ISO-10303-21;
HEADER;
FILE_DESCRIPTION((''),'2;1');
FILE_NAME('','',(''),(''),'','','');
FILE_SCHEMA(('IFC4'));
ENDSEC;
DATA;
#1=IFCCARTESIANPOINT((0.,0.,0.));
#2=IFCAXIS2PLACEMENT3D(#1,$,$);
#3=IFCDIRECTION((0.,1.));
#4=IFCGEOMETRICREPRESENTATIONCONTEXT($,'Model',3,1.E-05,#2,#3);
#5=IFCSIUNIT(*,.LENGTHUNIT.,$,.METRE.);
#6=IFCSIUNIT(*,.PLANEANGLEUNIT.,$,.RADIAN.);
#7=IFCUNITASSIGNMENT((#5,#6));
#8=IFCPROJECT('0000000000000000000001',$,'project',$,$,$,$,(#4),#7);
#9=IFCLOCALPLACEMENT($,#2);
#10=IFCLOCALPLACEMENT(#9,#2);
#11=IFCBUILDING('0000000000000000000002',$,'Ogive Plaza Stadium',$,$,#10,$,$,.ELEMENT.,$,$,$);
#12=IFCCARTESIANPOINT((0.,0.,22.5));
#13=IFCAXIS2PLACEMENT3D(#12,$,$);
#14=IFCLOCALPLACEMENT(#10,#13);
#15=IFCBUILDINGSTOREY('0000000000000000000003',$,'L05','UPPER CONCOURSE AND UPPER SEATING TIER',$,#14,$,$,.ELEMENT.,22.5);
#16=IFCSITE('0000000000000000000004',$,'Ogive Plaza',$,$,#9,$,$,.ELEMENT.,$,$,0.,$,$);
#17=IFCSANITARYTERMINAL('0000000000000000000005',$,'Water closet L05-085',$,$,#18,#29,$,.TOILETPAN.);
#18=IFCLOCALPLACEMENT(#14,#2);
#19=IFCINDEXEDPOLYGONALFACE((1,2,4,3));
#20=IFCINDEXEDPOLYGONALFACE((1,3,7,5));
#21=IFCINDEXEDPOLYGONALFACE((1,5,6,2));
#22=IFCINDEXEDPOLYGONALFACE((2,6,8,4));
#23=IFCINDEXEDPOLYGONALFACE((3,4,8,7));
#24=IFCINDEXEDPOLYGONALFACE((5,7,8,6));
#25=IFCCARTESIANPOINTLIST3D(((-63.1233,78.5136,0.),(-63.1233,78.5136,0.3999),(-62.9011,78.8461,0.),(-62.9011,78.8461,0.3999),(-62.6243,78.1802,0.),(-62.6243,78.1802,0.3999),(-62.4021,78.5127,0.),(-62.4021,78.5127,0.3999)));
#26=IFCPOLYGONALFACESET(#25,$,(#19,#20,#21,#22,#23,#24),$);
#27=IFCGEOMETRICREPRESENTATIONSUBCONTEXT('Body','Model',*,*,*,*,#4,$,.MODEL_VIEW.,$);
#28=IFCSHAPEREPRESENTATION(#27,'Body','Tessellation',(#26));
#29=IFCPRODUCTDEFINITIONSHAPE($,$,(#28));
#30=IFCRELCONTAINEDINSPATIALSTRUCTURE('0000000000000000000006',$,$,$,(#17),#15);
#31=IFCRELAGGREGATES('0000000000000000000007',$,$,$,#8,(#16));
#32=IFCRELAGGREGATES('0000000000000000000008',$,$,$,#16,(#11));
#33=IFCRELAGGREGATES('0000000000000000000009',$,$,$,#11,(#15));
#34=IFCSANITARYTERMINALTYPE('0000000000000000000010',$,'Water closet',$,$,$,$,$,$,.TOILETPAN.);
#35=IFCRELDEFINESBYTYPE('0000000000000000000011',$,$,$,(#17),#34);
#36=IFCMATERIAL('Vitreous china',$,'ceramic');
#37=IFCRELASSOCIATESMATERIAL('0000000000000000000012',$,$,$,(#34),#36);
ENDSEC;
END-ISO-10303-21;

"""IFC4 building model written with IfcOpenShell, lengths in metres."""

from ifc_helpers import new_model, si_unit, direction, frame, origin, origin_2d, place, context, subcontext, project, spatial, rectangle, extrude, material, type_object, element, save


model = new_model("IFC4")

# Units and contexts
model_context = context("Model", 3, precision=1e-05, world=origin(), true_north=direction((0.0, 1.0)))
body_context = subcontext(model_context, "Body", "Model", "MODEL_VIEW")
ifc_project = project(units=[si_unit("LENGTHUNIT", "METRE"), si_unit("PLANEANGLEUNIT", "RADIAN")], contexts=[model_context])

# Site, building, storey
site_placement = place(None, origin())
site = spatial("IfcSite", under=ifc_project, at=site_placement, Name="Ogive Plaza", CompositionType="ELEMENT", RefElevation=0.0)
building_placement = place(site_placement, origin())
building = spatial("IfcBuilding", under=site, at=building_placement, Name="Ogive Plaza Stadium", CompositionType="ELEMENT")
storey_placement = place(building_placement, frame((0.0, 0.0, 22.5)))
storey = spatial("IfcBuildingStorey", under=building, at=storey_placement, Name="L05", Description="UPPER CONCOURSE AND UPPER SEATING TIER", CompositionType="ELEMENT", Elevation=22.5)

# Sanitary terminal
ifc_material_1 = material(Name="Vitreous china", Category="ceramic")
sanitary_terminal_type_1 = type_object("IfcSanitaryTerminalType", Name="Water closet", PredefinedType="TOILETPAN", material=ifc_material_1)
for number, where, z_axis, x_axis, name in (
    (1, (-62.7627, 78.5132, 0.0), (0.0, 0.0, 1.0), (-0.55557, -0.83147, 0.0), "Water closet L05-085"),
):
    element("IfcSanitaryTerminal", number, at=place(storey_placement, frame(where, z_axis=z_axis, x_axis=x_axis)), inside=storey, type_object=sanitary_terminal_type_1, Name=name, PredefinedType="TOILETPAN", context=body_context, shape_type="SweptSolid", body=[
        extrude(rectangle(XDim=0.3999, YDim=0.6001, at=origin_2d()), origin(), (0.0, 0.0, 1.0), 0.3999),
    ])

save(model, "model.ifc")
